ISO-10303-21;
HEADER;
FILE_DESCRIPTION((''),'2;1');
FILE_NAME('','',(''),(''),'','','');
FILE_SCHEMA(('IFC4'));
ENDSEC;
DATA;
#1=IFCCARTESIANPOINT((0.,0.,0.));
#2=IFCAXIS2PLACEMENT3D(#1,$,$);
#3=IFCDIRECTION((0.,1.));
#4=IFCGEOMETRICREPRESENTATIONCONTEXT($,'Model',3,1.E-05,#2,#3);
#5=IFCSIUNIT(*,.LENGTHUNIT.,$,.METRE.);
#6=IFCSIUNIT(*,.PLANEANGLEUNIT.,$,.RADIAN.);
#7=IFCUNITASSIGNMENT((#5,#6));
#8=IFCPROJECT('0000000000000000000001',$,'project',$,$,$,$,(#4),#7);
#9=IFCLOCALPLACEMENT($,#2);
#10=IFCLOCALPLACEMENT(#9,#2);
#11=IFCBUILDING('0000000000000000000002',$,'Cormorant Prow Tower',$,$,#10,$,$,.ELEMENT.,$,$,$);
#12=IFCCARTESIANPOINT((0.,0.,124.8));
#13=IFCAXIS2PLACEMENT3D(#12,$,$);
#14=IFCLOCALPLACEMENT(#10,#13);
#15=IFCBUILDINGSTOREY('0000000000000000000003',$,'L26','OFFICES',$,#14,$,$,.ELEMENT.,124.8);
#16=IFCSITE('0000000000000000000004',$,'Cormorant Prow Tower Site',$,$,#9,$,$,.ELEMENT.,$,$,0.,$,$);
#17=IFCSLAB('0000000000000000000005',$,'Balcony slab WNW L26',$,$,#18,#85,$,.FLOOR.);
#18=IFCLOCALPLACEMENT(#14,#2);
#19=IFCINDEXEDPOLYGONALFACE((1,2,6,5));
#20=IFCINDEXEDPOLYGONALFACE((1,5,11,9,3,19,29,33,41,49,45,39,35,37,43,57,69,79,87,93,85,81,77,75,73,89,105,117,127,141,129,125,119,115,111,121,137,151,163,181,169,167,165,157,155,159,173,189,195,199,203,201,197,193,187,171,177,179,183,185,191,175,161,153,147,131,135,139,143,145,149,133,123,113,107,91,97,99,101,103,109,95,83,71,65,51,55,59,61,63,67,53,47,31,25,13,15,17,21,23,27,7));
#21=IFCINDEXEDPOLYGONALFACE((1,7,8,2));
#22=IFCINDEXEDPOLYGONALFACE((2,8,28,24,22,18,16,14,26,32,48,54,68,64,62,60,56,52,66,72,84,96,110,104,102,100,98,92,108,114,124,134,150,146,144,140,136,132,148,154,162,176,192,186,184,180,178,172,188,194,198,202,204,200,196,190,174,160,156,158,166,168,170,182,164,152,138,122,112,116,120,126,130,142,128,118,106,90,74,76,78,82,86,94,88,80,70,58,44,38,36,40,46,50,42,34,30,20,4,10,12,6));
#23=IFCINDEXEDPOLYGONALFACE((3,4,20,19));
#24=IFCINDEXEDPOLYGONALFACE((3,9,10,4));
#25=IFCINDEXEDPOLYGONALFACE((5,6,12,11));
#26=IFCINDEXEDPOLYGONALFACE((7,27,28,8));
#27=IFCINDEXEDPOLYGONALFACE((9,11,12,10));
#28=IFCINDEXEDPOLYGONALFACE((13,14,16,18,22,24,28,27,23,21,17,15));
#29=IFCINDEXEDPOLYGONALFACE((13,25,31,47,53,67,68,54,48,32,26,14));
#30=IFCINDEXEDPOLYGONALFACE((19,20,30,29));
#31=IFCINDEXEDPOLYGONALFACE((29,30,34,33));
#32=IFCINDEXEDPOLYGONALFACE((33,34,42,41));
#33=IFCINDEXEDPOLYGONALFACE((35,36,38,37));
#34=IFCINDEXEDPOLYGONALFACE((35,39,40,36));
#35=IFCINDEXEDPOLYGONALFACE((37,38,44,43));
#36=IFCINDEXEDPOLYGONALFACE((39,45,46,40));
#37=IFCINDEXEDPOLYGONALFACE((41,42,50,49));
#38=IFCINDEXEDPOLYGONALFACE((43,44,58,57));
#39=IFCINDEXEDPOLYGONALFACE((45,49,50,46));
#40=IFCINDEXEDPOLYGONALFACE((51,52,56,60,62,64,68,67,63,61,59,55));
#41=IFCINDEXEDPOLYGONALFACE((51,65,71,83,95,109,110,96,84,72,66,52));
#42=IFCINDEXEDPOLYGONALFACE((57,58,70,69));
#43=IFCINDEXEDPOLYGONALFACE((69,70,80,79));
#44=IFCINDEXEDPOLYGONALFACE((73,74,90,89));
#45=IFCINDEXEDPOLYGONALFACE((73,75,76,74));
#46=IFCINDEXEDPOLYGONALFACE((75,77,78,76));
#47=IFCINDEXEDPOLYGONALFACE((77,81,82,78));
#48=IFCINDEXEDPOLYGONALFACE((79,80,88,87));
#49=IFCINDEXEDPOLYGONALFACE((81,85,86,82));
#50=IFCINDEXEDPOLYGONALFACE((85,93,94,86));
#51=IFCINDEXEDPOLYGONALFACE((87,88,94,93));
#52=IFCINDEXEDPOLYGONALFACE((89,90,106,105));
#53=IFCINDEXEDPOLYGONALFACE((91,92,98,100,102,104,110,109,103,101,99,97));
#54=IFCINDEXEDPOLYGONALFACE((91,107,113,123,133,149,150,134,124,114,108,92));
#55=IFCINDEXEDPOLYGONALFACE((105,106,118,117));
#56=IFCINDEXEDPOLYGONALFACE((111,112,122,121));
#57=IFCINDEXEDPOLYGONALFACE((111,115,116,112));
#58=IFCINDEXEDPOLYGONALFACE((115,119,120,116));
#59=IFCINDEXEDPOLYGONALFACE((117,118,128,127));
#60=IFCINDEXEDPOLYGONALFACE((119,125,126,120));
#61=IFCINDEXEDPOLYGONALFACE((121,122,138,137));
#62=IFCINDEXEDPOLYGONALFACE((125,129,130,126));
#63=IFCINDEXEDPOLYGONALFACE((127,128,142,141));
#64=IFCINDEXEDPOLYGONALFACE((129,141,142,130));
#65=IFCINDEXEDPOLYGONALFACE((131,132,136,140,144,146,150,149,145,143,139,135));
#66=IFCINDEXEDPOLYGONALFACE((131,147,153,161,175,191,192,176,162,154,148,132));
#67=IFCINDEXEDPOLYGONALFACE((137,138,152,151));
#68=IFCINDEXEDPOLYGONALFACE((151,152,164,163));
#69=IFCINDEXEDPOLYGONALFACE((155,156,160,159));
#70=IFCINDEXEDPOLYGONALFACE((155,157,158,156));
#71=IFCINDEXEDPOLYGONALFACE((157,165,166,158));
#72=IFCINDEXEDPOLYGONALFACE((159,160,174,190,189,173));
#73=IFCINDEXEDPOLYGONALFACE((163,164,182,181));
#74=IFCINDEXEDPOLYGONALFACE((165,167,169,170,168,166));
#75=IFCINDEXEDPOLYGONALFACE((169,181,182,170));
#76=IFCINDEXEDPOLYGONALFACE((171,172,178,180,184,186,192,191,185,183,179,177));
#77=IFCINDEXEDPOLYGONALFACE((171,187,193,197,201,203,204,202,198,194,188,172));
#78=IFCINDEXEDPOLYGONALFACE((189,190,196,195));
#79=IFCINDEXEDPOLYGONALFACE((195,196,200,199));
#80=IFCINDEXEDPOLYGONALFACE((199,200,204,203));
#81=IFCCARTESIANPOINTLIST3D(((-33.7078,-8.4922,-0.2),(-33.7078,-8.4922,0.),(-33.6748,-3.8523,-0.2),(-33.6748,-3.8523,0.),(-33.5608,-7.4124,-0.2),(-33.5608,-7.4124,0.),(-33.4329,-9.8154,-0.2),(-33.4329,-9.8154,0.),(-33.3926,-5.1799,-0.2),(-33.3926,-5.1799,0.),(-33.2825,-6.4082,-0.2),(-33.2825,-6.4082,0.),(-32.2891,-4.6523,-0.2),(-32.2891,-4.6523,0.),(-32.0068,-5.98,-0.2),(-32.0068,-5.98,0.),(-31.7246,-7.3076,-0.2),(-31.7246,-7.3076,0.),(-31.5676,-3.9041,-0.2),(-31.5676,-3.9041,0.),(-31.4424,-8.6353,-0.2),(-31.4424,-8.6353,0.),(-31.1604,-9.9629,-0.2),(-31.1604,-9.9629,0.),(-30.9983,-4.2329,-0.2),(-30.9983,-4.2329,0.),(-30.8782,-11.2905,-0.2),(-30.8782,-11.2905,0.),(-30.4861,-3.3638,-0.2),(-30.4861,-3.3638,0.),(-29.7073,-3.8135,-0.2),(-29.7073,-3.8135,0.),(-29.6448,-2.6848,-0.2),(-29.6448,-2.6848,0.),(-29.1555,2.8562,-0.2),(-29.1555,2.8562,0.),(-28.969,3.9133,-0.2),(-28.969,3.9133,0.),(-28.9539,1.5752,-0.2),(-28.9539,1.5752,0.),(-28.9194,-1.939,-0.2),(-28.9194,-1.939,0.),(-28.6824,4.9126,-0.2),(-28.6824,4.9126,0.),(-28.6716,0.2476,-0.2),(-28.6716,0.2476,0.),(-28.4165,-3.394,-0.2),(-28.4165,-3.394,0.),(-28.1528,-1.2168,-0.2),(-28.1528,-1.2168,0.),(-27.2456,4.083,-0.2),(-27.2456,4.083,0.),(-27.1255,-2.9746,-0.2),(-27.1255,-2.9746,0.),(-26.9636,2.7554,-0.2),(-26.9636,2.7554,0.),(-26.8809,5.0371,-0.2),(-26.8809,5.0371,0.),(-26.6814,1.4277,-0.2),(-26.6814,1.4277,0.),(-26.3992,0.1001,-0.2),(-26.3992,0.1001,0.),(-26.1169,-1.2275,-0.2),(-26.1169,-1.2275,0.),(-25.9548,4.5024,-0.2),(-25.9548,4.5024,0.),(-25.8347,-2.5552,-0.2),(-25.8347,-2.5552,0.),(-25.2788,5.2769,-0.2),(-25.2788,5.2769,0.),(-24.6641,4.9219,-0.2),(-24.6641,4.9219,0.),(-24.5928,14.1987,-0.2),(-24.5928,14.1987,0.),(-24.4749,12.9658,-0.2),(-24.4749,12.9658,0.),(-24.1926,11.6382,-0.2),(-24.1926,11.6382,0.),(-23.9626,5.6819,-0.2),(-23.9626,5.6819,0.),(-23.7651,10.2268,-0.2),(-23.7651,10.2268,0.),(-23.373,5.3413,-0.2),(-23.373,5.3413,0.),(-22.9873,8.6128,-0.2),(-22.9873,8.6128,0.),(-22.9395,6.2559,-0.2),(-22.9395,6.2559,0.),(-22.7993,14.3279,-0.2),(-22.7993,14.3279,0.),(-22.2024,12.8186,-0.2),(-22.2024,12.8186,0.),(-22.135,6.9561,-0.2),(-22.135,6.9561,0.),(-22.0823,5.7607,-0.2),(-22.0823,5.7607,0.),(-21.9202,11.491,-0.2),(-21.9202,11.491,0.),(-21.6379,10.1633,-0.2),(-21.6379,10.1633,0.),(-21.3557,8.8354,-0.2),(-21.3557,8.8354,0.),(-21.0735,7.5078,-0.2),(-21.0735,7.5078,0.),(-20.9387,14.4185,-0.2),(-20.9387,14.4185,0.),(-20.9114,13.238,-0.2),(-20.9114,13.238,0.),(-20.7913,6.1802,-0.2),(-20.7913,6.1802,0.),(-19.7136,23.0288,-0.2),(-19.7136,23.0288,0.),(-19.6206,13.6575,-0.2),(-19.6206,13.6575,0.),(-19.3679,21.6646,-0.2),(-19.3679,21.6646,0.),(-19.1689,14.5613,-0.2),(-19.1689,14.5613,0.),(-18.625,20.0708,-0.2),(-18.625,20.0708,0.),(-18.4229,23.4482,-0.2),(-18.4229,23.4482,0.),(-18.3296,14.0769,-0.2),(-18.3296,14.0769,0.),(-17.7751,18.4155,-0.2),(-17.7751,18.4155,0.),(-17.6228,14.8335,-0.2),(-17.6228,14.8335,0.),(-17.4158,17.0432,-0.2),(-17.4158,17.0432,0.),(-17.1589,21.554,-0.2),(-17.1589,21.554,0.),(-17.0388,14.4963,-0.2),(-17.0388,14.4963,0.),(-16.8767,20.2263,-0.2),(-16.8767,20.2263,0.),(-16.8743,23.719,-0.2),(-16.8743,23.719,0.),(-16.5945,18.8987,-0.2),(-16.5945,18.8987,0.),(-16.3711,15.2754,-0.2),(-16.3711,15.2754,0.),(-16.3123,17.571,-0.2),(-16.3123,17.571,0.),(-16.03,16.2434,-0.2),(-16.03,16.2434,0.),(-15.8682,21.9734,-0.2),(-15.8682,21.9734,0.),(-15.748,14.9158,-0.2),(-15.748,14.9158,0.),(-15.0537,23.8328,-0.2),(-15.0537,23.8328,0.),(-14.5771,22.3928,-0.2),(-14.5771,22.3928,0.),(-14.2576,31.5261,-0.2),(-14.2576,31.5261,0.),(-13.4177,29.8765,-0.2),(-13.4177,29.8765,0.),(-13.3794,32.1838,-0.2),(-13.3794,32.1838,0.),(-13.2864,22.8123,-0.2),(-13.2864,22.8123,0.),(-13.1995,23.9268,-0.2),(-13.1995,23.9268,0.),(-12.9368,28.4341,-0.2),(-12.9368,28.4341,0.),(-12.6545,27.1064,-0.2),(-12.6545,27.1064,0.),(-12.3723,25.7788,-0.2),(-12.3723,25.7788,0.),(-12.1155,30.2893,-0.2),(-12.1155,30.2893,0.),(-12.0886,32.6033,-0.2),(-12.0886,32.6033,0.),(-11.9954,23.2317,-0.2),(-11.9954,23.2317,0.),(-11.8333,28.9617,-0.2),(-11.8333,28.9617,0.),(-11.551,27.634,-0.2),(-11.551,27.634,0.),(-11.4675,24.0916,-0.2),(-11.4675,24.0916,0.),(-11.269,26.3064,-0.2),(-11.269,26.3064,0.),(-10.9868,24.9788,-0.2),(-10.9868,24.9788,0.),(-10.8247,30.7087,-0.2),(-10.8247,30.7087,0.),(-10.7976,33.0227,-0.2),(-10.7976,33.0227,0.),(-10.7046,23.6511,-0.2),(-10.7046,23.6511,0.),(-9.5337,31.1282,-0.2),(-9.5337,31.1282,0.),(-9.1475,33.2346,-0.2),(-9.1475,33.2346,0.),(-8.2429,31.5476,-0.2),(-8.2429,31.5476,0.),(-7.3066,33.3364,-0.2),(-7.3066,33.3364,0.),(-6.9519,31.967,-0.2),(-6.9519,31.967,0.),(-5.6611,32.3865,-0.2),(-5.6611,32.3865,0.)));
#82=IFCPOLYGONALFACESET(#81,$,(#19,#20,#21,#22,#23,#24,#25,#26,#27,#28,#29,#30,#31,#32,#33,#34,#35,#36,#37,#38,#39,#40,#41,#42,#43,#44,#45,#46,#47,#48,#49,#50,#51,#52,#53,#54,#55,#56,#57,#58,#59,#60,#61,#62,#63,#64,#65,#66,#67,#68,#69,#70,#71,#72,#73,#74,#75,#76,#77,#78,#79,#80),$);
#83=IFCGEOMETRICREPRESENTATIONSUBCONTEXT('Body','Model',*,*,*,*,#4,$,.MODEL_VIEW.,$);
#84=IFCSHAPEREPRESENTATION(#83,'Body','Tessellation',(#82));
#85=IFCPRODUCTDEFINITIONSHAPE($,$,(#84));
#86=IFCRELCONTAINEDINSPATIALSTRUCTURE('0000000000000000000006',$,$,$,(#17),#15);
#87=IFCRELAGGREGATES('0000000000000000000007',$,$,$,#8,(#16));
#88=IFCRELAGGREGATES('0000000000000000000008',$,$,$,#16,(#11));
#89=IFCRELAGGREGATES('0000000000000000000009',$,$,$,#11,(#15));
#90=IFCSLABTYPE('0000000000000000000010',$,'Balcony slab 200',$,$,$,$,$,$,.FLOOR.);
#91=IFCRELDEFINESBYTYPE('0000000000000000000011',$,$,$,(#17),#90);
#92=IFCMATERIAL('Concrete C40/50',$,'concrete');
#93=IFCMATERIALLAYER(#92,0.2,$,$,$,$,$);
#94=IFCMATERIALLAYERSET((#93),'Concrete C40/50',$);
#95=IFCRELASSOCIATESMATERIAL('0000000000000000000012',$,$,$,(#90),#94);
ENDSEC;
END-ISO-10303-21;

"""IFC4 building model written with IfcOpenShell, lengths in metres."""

from ifc_helpers import new_model, si_unit, direction, frame, origin, place, context, subcontext, project, spatial, polyline, outline, extrude, material, layer, layer_set, type_object, element, save


model = new_model("IFC4")

# Units and contexts
model_context = context("Model", 3, precision=1e-05, world=origin(), true_north=direction((0.0, 1.0)))
body_context = subcontext(model_context, "Body", "Model", "MODEL_VIEW")
ifc_project = project(units=[si_unit("LENGTHUNIT", "METRE"), si_unit("PLANEANGLEUNIT", "RADIAN")], contexts=[model_context])

# Site, building, storey
site_placement = place(None, origin())
site = spatial("IfcSite", under=ifc_project, at=site_placement, Name="Cormorant Prow Tower Site", CompositionType="ELEMENT", RefElevation=0.0)
building_placement = place(site_placement, origin())
building = spatial("IfcBuilding", under=site, at=building_placement, Name="Cormorant Prow Tower", CompositionType="ELEMENT")
storey_placement = place(building_placement, frame((0.0, 0.0, 124.8)))
storey = spatial("IfcBuildingStorey", under=building, at=storey_placement, Name="L26", Description="OFFICES", CompositionType="ELEMENT", Elevation=124.8)

# Slab
ifc_material_1 = material(Name="Concrete C40/50", Category="concrete")
ifc_layer_1 = layer(ifc_material_1, 0.2)
ifc_layer_set_1 = layer_set([ifc_layer_1], Name="Concrete C40/50")
slab_type_1 = type_object("IfcSlabType", Name="Balcony slab 200", PredefinedType="FLOOR", material=ifc_layer_set_1)
slab_1_placement = place(storey_placement, frame((0.0, 0.0, -0.2)))
element("IfcSlab", 1, at=slab_1_placement, inside=storey, type_object=slab_type_1, Name="Balcony slab WNW L26", PredefinedType="FLOOR", context=body_context, shape_type="SweptSolid", body=[
    extrude(outline(polyline([(-5.6611, 32.3865), (-7.3066, 33.3364), (-9.1475, 33.2346), (-10.7976, 33.0227), (-12.0886, 32.6033), (-13.3794, 32.1838), (-14.2576, 31.5261), (-13.4177, 29.8765), (-12.9368, 28.4341), (-12.6545, 27.1064), (-12.3723, 25.7788), (-11.4675, 24.0916), (-13.1995, 23.9268), (-15.0537, 23.8328), (-16.8743, 23.719), (-18.4229, 23.4482), (-19.7136, 23.0288), (-19.3679, 21.6646), (-18.625, 20.0708), (-17.7751, 18.4155), (-17.4158, 17.0432), (-16.3711, 15.2754), (-17.6228, 14.8335), (-19.1689, 14.5613), (-20.9387, 14.4185), (-22.7993, 14.3279), (-24.5928, 14.1987), (-24.4749, 12.9658), (-24.1926, 11.6382), (-23.7651, 10.2268), (-22.9873, 8.6128), (-22.135, 6.9561), (-22.9395, 6.2559), (-23.9626, 5.6819), (-25.2788, 5.2769), (-26.8809, 5.0371), (-28.6824, 4.9126), (-28.969, 3.9133), (-29.1555, 2.8562), (-28.9539, 1.5752), (-28.6716, 0.2476), (-28.1528, -1.2168), (-28.9194, -1.939), (-29.6448, -2.6848), (-30.4861, -3.3638), (-31.5676, -3.9041), (-33.6748, -3.8523), (-33.3926, -5.1799), (-33.2825, -6.4082), (-33.5608, -7.4124), (-33.7078, -8.4922), (-33.4329, -9.8154), (-30.8782, -11.2905), (-31.1604, -9.9629), (-31.4424, -8.6353), (-31.7246, -7.3076), (-32.0068, -5.98), (-32.2891, -4.6523), (-30.9983, -4.2329), (-29.7073, -3.8135), (-28.4165, -3.394), (-27.1255, -2.9746), (-25.8347, -2.5552), (-26.1169, -1.2275), (-26.3992, 0.1001), (-26.6814, 1.4277), (-26.9636, 2.7554), (-27.2456, 4.083), (-25.9548, 4.5024), (-24.6641, 4.9219), (-23.373, 5.3413), (-22.0823, 5.7607), (-20.7913, 6.1802), (-21.0735, 7.5078), (-21.3557, 8.8354), (-21.6379, 10.1633), (-21.9202, 11.491), (-22.2024, 12.8186), (-20.9114, 13.238), (-19.6206, 13.6575), (-18.3296, 14.0769), (-17.0388, 14.4963), (-15.748, 14.9158), (-16.03, 16.2434), (-16.3123, 17.571), (-16.5945, 18.8987), (-16.8767, 20.2263), (-17.1589, 21.554), (-15.8682, 21.9734), (-14.5771, 22.3928), (-13.2864, 22.8123), (-11.9954, 23.2317), (-10.7046, 23.6511), (-10.9868, 24.9788), (-11.269, 26.3064), (-11.551, 27.634), (-11.8333, 28.9617), (-12.1155, 30.2893), (-10.8247, 30.7087), (-9.5337, 31.1282), (-8.2429, 31.5476), (-6.9519, 31.967), (-5.6611, 32.3865)])), origin(), (0.0, 0.0, 1.0), 0.2),
])

save(model, "model.ifc")
